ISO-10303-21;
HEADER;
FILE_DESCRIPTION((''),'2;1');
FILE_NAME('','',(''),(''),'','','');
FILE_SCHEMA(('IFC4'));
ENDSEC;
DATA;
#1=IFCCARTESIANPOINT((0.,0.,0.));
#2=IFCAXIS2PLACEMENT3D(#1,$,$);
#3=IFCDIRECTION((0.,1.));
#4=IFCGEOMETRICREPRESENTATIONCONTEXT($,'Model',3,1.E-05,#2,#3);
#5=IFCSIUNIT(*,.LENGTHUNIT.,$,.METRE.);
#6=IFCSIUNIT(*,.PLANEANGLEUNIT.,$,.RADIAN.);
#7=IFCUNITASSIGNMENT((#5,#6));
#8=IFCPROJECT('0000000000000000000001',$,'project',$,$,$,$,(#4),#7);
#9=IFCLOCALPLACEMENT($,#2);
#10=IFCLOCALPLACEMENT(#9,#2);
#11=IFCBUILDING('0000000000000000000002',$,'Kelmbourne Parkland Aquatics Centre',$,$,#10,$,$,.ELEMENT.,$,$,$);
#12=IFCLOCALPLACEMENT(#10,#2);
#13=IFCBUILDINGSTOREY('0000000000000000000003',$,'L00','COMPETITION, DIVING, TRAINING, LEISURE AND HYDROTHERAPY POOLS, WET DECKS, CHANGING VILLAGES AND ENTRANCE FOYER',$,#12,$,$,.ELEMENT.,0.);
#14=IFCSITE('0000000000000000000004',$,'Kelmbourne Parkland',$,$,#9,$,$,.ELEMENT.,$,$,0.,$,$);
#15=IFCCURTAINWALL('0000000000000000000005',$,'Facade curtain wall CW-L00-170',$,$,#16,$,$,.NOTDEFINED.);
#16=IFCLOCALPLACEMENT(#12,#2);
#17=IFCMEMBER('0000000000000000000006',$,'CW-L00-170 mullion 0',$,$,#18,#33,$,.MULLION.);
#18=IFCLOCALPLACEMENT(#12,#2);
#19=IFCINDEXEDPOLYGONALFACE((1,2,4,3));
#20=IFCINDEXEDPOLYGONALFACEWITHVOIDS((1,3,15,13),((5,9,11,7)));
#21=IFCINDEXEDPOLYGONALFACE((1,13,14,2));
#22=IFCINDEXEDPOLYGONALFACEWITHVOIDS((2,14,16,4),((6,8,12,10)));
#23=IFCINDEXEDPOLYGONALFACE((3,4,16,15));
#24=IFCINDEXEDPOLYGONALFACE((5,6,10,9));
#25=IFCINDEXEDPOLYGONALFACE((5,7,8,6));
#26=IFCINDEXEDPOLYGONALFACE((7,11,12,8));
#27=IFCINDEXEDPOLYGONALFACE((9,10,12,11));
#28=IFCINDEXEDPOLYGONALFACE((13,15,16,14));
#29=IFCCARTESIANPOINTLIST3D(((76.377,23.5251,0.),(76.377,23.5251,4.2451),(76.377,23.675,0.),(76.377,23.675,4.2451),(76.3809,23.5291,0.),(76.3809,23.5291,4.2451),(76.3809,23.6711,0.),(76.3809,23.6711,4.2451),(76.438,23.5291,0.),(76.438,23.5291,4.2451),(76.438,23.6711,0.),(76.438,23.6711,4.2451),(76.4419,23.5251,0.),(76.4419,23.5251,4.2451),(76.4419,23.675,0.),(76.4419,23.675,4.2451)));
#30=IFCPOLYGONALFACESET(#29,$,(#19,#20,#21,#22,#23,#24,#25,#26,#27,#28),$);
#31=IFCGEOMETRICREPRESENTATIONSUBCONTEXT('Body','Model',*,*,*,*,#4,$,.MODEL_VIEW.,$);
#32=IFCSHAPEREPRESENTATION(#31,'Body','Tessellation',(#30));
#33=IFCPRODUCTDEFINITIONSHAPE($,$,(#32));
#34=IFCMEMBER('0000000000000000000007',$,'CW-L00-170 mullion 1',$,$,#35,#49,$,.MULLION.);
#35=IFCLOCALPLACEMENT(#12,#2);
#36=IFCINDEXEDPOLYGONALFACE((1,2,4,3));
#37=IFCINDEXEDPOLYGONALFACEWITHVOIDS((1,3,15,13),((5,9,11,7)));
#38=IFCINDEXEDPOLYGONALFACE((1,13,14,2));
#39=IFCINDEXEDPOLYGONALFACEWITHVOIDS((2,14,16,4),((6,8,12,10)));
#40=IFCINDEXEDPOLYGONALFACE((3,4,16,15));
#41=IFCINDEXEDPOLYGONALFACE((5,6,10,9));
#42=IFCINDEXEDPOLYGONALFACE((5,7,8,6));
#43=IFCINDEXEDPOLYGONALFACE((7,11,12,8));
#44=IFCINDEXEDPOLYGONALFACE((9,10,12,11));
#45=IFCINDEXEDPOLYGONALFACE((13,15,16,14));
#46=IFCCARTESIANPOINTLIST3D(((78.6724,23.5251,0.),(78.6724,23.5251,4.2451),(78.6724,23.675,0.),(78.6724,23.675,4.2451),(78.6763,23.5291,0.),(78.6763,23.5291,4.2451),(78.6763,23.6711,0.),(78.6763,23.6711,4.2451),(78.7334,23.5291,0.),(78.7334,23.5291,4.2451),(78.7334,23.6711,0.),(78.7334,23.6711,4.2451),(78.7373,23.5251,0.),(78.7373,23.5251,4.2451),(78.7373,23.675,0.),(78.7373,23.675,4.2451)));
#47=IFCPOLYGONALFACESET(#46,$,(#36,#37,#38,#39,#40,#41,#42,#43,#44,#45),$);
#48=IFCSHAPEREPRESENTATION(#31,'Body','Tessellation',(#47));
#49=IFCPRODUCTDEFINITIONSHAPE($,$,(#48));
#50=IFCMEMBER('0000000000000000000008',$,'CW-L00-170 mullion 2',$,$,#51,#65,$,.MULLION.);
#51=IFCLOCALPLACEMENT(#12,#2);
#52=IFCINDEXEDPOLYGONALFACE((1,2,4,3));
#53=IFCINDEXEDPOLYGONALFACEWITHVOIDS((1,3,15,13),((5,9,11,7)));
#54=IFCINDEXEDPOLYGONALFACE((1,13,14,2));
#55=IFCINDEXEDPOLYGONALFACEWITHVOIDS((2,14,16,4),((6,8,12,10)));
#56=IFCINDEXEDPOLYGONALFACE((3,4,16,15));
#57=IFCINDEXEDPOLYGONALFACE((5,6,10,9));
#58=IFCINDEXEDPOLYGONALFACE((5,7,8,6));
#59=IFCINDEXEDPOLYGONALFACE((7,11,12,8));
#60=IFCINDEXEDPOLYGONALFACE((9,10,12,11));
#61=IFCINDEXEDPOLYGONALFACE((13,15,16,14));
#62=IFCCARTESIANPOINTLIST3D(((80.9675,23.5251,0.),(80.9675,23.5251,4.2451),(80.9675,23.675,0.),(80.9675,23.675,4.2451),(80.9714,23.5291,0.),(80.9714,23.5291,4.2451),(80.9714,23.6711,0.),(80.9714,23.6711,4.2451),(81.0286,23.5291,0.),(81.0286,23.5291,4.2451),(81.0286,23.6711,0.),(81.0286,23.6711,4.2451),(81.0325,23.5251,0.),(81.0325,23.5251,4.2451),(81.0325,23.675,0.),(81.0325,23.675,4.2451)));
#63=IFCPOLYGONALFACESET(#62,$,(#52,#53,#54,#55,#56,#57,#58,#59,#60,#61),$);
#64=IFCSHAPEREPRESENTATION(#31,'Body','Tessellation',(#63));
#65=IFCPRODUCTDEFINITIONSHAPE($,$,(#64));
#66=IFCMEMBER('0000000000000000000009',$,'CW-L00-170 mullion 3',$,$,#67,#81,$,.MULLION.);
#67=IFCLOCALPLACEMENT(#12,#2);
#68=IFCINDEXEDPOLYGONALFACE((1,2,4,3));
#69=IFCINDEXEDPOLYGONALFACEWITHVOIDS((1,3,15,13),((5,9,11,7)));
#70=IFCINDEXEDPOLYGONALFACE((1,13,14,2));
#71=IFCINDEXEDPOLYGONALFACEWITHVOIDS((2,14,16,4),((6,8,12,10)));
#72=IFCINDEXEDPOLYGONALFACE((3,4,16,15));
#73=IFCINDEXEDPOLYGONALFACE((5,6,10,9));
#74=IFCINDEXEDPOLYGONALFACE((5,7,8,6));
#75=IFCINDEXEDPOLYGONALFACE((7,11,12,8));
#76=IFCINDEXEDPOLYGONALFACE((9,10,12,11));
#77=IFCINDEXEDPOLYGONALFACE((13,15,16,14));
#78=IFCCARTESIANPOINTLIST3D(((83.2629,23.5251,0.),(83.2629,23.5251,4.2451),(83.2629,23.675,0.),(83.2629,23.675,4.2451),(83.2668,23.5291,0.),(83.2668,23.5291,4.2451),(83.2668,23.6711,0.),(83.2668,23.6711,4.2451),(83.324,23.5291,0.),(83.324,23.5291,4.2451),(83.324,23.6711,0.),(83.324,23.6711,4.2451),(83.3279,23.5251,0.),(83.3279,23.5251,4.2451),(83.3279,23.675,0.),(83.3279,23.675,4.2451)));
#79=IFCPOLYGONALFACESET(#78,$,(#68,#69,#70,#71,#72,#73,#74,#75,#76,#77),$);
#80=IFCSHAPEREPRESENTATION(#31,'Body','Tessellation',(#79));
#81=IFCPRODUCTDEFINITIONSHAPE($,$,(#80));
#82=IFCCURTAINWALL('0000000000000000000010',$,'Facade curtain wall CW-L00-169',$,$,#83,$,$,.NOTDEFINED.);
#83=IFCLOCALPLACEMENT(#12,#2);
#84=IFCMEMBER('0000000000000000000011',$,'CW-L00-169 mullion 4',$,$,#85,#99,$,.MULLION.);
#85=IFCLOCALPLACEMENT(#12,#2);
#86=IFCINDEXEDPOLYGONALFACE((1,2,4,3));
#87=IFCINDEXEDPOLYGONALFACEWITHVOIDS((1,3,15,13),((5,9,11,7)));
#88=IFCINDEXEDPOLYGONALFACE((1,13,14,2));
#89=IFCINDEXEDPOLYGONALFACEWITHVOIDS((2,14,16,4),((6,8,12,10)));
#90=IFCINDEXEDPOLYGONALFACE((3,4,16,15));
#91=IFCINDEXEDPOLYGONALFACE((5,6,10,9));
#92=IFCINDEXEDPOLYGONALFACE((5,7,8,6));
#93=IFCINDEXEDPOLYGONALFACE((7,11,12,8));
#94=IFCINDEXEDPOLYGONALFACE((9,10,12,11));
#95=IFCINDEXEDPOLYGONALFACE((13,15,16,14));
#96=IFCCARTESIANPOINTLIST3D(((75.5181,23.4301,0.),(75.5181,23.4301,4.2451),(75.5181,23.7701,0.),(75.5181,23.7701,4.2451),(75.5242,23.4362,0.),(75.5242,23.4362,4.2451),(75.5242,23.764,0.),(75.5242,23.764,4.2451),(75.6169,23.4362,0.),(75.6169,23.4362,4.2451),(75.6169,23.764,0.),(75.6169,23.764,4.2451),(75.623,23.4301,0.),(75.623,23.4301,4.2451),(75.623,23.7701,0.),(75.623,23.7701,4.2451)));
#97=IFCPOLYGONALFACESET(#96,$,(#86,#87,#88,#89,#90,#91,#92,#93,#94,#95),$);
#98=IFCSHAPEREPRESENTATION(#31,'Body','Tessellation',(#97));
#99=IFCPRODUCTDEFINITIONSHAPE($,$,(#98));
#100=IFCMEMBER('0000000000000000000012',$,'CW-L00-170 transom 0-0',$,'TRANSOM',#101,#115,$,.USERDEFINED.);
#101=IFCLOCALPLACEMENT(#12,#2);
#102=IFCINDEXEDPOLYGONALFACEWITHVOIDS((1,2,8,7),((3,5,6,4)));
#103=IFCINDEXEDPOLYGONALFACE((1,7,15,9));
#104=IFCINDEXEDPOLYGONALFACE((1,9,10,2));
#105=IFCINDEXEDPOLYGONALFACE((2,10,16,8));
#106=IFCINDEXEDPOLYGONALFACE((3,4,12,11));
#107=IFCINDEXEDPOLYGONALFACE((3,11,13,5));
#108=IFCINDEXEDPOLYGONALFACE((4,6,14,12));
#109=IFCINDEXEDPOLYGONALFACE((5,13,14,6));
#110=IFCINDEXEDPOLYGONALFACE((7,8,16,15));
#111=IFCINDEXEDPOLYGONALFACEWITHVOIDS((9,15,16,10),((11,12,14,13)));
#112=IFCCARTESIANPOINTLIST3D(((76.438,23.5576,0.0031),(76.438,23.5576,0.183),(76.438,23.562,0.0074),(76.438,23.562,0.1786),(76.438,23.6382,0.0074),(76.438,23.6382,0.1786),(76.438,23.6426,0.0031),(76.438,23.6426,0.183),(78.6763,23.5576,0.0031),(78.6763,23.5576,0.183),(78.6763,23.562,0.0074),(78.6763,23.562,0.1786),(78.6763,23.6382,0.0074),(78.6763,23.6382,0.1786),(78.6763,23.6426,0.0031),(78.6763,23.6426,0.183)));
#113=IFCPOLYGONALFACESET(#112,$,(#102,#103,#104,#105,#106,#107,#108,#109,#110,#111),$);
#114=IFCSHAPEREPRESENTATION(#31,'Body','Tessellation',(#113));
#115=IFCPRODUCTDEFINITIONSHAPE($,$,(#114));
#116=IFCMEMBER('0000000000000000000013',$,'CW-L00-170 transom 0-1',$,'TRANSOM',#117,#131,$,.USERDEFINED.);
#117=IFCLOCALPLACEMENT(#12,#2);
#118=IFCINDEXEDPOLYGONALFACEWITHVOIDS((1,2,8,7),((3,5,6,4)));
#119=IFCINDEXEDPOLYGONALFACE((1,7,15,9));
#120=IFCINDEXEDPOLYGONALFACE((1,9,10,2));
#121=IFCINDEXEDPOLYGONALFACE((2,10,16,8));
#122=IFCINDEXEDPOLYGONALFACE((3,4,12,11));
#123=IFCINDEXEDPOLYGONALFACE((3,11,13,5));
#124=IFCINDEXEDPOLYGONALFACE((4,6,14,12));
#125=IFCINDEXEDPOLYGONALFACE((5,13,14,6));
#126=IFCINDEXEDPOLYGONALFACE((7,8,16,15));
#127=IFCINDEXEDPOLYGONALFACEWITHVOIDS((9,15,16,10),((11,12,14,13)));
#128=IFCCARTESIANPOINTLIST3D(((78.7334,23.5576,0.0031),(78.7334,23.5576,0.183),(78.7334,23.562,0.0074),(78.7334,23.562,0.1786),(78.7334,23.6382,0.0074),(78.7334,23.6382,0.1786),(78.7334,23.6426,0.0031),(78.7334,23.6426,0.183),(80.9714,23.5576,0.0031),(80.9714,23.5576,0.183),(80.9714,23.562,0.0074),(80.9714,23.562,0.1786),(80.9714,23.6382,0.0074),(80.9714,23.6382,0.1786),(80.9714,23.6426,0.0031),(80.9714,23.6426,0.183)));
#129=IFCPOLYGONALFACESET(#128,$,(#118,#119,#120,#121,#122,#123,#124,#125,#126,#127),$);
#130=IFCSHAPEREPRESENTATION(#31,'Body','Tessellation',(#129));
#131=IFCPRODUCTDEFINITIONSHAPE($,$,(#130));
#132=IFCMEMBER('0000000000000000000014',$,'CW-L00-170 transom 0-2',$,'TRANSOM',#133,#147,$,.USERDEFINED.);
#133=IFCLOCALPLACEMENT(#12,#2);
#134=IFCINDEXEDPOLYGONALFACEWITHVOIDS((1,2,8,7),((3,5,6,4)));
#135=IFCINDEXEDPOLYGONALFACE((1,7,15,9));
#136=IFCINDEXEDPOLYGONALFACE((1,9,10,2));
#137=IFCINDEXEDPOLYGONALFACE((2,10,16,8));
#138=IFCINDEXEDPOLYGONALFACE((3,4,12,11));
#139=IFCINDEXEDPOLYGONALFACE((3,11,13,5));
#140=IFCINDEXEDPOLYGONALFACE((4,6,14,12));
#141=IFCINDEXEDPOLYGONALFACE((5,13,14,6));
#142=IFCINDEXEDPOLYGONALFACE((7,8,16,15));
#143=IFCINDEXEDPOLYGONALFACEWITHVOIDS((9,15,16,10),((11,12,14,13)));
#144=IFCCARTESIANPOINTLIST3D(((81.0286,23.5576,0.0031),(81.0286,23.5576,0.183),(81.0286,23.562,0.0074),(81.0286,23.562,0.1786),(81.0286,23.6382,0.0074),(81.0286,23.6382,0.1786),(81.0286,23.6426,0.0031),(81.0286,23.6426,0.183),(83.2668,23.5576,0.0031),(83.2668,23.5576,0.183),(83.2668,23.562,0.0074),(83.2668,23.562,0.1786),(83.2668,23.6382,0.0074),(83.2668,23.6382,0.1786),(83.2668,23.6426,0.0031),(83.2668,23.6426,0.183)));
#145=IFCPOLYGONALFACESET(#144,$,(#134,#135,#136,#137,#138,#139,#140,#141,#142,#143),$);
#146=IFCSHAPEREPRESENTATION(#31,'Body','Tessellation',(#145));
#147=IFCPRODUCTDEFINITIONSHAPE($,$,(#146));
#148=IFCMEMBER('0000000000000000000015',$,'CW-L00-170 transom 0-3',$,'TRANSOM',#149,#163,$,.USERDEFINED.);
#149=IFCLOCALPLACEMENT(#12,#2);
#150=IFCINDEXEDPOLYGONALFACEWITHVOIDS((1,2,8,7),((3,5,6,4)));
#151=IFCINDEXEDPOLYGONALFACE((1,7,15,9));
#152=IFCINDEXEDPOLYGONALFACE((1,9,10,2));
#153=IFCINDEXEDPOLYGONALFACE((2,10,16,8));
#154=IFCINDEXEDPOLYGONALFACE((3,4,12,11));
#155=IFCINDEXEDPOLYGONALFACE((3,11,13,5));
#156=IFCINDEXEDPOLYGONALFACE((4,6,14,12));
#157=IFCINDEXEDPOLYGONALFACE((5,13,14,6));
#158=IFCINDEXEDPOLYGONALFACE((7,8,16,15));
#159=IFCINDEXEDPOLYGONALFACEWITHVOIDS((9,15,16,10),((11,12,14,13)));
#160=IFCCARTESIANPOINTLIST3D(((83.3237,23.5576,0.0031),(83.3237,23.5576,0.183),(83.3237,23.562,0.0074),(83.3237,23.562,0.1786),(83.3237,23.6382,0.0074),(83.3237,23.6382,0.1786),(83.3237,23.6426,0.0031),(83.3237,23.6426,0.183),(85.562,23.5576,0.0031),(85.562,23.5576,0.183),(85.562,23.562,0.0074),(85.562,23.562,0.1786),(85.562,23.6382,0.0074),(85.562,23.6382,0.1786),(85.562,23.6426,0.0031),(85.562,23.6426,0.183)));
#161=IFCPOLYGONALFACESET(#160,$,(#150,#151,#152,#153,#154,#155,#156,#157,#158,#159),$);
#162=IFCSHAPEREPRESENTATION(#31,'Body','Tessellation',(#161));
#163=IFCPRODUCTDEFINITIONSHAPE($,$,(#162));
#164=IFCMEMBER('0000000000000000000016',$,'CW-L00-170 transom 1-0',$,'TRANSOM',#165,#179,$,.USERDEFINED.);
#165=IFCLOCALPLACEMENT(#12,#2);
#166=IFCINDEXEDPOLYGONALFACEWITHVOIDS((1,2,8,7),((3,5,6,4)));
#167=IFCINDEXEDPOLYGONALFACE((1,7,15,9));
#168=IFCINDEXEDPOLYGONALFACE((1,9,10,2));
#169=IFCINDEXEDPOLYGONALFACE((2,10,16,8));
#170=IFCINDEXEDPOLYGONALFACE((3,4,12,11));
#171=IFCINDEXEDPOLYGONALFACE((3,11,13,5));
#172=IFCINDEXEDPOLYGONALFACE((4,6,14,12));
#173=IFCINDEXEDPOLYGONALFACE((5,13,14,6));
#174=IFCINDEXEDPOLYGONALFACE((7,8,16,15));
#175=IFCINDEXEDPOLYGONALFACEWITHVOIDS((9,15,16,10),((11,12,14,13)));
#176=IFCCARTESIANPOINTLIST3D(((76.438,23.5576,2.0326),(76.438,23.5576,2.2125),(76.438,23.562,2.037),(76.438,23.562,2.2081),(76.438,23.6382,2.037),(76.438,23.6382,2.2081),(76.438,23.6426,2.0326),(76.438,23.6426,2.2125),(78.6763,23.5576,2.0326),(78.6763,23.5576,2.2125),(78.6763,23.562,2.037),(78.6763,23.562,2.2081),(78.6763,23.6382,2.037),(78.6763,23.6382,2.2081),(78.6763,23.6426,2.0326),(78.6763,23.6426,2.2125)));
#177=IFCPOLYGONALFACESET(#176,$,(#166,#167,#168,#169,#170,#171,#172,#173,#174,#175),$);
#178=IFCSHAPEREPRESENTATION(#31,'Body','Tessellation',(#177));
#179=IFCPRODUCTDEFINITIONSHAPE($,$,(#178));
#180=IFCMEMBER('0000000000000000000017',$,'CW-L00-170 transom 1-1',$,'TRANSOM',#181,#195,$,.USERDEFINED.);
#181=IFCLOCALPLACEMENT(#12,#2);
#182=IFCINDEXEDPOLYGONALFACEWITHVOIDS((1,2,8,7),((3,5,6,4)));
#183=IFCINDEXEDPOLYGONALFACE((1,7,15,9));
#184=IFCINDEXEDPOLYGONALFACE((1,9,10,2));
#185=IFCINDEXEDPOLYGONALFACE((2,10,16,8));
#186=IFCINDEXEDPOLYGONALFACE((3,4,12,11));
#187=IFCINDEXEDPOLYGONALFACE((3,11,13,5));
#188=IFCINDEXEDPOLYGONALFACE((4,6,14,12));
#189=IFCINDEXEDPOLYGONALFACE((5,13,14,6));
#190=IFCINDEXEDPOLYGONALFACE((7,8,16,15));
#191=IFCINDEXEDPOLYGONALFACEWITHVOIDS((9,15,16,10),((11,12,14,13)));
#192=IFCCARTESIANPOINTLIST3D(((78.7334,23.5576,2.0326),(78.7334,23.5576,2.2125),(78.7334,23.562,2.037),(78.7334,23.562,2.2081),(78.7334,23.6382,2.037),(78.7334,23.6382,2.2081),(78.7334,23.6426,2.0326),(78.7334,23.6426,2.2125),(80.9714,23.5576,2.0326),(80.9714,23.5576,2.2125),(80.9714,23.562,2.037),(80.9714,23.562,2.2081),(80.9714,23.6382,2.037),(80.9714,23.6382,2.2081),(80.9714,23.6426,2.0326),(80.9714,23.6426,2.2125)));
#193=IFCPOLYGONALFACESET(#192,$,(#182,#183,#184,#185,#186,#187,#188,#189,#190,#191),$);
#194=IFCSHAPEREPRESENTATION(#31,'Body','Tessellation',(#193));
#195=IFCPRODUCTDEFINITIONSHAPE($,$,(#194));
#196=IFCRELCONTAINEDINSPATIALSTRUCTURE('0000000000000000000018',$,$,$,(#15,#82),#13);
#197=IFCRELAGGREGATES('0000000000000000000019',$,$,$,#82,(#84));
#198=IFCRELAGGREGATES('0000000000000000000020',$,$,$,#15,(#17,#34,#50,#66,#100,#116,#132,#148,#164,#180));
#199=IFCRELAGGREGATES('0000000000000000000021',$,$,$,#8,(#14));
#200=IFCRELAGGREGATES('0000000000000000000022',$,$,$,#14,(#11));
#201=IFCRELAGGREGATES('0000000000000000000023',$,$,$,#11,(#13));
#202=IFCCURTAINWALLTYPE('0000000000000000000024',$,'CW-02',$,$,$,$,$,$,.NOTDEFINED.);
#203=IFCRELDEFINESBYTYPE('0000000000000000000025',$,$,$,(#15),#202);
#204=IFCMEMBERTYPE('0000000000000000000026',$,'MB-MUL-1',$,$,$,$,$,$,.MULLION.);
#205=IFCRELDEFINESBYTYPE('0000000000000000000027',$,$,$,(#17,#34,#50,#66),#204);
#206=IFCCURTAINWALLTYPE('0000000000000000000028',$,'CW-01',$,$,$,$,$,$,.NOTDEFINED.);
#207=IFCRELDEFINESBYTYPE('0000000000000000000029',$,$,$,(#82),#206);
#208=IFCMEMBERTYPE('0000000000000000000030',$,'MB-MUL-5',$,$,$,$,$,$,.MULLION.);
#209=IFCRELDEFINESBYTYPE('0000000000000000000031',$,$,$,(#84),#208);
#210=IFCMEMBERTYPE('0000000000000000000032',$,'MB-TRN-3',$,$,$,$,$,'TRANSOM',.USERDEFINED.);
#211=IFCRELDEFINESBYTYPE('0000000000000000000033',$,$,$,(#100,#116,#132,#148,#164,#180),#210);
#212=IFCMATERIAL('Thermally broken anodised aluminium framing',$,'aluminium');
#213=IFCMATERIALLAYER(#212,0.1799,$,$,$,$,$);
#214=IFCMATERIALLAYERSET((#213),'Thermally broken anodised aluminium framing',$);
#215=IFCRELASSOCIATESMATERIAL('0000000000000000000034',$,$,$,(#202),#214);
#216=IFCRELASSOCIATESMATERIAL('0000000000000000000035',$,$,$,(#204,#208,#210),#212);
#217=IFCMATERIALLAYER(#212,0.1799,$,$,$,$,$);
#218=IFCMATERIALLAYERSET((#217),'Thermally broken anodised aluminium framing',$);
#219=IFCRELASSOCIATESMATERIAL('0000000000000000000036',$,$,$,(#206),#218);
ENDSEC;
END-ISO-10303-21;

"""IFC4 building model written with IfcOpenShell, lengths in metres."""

from ifc_helpers import new_model, si_unit, direction, frame, origin, origin_2d, place, context, subcontext, project, spatial, hollow_rectangle, extrude, material, layer, layer_set, material_profile, profile_set, type_object, element, aggregate, save


model = new_model("IFC4")

# Units and contexts
model_context = context("Model", 3, precision=1e-05, world=origin(), true_north=direction((0.0, 1.0)))
body_context = subcontext(model_context, "Body", "Model", "MODEL_VIEW")
ifc_project = project(units=[si_unit("LENGTHUNIT", "METRE"), si_unit("PLANEANGLEUNIT", "RADIAN")], contexts=[model_context])

# Site, building, storey
site_placement = place(None, origin())
site = spatial("IfcSite", under=ifc_project, at=site_placement, Name="Kelmbourne Parkland", CompositionType="ELEMENT", RefElevation=0.0)
building_placement = place(site_placement, origin())
building = spatial("IfcBuilding", under=site, at=building_placement, Name="Kelmbourne Parkland Aquatics Centre", CompositionType="ELEMENT")
storey_placement = place(building_placement, origin())
storey = spatial("IfcBuildingStorey", under=building, at=storey_placement, Name="L00", Description="COMPETITION, DIVING, TRAINING, LEISURE AND HYDROTHERAPY POOLS, WET DECKS, CHANGING VILLAGES AND ENTRANCE FOYER", CompositionType="ELEMENT", Elevation=0.0)

# Curtain wall, members
ifc_material_1 = material(Name="Thermally broken anodised aluminium framing", Category="aluminium")
ifc_layer_1 = layer(ifc_material_1, 0.1799)
ifc_layer_set_1 = layer_set([ifc_layer_1], Name="Thermally broken anodised aluminium framing")
curtain_wall_type_1 = type_object("IfcCurtainWallType", Name="CW-02", PredefinedType="NOTDEFINED", material=ifc_layer_set_1)
curtain_wall_1_placement = place(storey_placement, origin())
curtain_wall_1 = element("IfcCurtainWall", 1, at=curtain_wall_1_placement, inside=storey, type_object=curtain_wall_type_1, Name="Facade curtain wall CW-L00-170", PredefinedType="NOTDEFINED")
ifc_material_profile_1 = material_profile(ifc_material_1, hollow_rectangle(XDim=0.0649, YDim=0.1499, WallThickness=0.0039, at=origin_2d()), Name="CW-M 65x150")
ifc_profile_set_1 = profile_set([ifc_material_profile_1], Name="Thermally broken anodised aluminium framing")
member_type_1 = type_object("IfcMemberType", Name="MB-MUL-1", PredefinedType="MULLION", material=ifc_profile_set_1)
member_1_placement = place(storey_placement, frame((76.4094, 23.6001, 0.0), z_axis=(0.0, 0.0, 1.0), x_axis=(1.0, 0.0, 0.0)))
member_1 = element("IfcMember", 2, at=member_1_placement, type_object=member_type_1, Name="CW-L00-170 mullion 0", PredefinedType="MULLION", context=body_context, shape_type="SweptSolid", body=[
    extrude(hollow_rectangle(XDim=0.0649, YDim=0.1499, WallThickness=0.0039, at=origin_2d()), origin(), (0.0, 0.0, 1.0), 4.2451),
])
member_2_placement = place(storey_placement, frame((78.7048, 23.6001, 0.0), z_axis=(0.0, 0.0, 1.0), x_axis=(1.0, 0.0, 0.0)))
member_2 = element("IfcMember", 3, at=member_2_placement, type_object=member_type_1, Name="CW-L00-170 mullion 1", PredefinedType="MULLION", context=body_context, shape_type="SweptSolid", body=[
    extrude(hollow_rectangle(XDim=0.0649, YDim=0.1499, WallThickness=0.0039, at=origin_2d()), origin(), (0.0, 0.0, 1.0), 4.2451),
])
member_3_placement = place(storey_placement, frame((81.0, 23.6001, 0.0), z_axis=(0.0, 0.0, 1.0), x_axis=(1.0, 0.0, 0.0)))
member_3 = element("IfcMember", 4, at=member_3_placement, type_object=member_type_1, Name="CW-L00-170 mullion 2", PredefinedType="MULLION", context=body_context, shape_type="SweptSolid", body=[
    extrude(hollow_rectangle(XDim=0.0649, YDim=0.1499, WallThickness=0.0039, at=origin_2d()), origin(), (0.0, 0.0, 1.0), 4.2451),
])
member_4_placement = place(storey_placement, frame((83.2954, 23.6001, 0.0), z_axis=(0.0, 0.0, 1.0), x_axis=(1.0, 0.0, 0.0)))
member_4 = element("IfcMember", 5, at=member_4_placement, type_object=member_type_1, Name="CW-L00-170 mullion 3", PredefinedType="MULLION", context=body_context, shape_type="SweptSolid", body=[
    extrude(hollow_rectangle(XDim=0.0649, YDim=0.1499, WallThickness=0.0039, at=origin_2d()), origin(), (0.0, 0.0, 1.0), 4.2451),
])

# Curtain wall, member
ifc_layer_2 = layer(ifc_material_1, 0.1799)
ifc_layer_set_2 = layer_set([ifc_layer_2], Name="Thermally broken anodised aluminium framing")
curtain_wall_type_2 = type_object("IfcCurtainWallType", Name="CW-01", PredefinedType="NOTDEFINED", material=ifc_layer_set_2)
curtain_wall_2_placement = place(storey_placement, origin())
curtain_wall_2 = element("IfcCurtainWall", 6, at=curtain_wall_2_placement, inside=storey, type_object=curtain_wall_type_2, Name="Facade curtain wall CW-L00-169", PredefinedType="NOTDEFINED")
ifc_material_profile_2 = material_profile(ifc_material_1, hollow_rectangle(XDim=0.105, YDim=0.3401, WallThickness=0.0061, at=origin_2d()), Name="CW-M 105x340")
ifc_profile_set_2 = profile_set([ifc_material_profile_2], Name="Thermally broken anodised aluminium framing")
member_type_2 = type_object("IfcMemberType", Name="MB-MUL-5", PredefinedType="MULLION", material=ifc_profile_set_2)
member_5_placement = place(storey_placement, frame((75.5706, 23.6001, 0.0), z_axis=(0.0, 0.0, 1.0), x_axis=(1.0, 0.0, 0.0)))
member_5 = element("IfcMember", 7, at=member_5_placement, type_object=member_type_2, Name="CW-L00-169 mullion 4", PredefinedType="MULLION", context=body_context, shape_type="SweptSolid", body=[
    extrude(hollow_rectangle(XDim=0.105, YDim=0.3401, WallThickness=0.0061, at=origin_2d()), origin(), (0.0, 0.0, 1.0), 4.2451),
])

# Members
ifc_material_profile_3 = material_profile(ifc_material_1, hollow_rectangle(XDim=0.085, YDim=0.1799, WallThickness=0.0044, at=origin_2d()), Name="CW-T 85x180")
ifc_profile_set_3 = profile_set([ifc_material_profile_3], Name="Thermally broken anodised aluminium framing")
member_type_3 = type_object("IfcMemberType", Name="MB-TRN-3", ElementType="TRANSOM", PredefinedType="USERDEFINED", material=ifc_profile_set_3)
member_6_placement = place(storey_placement, frame((76.438, 23.6001, 0.093), z_axis=(1.0, 0.0, 0.0), x_axis=(0.0, 1.0, 0.0)))
member_6 = element("IfcMember", 8, at=member_6_placement, type_object=member_type_3, Name="CW-L00-170 transom 0-0", ObjectType="TRANSOM", PredefinedType="USERDEFINED", context=body_context, shape_type="SweptSolid", body=[
    extrude(hollow_rectangle(XDim=0.085, YDim=0.1799, WallThickness=0.0044, at=origin_2d()), origin(), (0.0, 0.0, 1.0), 2.2383),
])
member_7_placement = place(storey_placement, frame((78.7334, 23.6001, 0.093), z_axis=(1.0, 0.0, 0.0), x_axis=(0.0, 1.0, 0.0)))
member_7 = element("IfcMember", 9, at=member_7_placement, type_object=member_type_3, Name="CW-L00-170 transom 0-1", ObjectType="TRANSOM", PredefinedType="USERDEFINED", context=body_context, shape_type="SweptSolid", body=[
    extrude(hollow_rectangle(XDim=0.085, YDim=0.1799, WallThickness=0.0044, at=origin_2d()), origin(), (0.0, 0.0, 1.0), 2.238),
])
member_8_placement = place(storey_placement, frame((81.0286, 23.6001, 0.093), z_axis=(1.0, 0.0, 0.0), x_axis=(0.0, 1.0, 0.0)))
member_8 = element("IfcMember", 10, at=member_8_placement, type_object=member_type_3, Name="CW-L00-170 transom 0-2", ObjectType="TRANSOM", PredefinedType="USERDEFINED", context=body_context, shape_type="SweptSolid", body=[
    extrude(hollow_rectangle(XDim=0.085, YDim=0.1799, WallThickness=0.0044, at=origin_2d()), origin(), (0.0, 0.0, 1.0), 2.2383),
])
member_9_placement = place(storey_placement, frame((83.3237, 23.6001, 0.093), z_axis=(1.0, 0.0, 0.0), x_axis=(0.0, 1.0, 0.0)))
member_9 = element("IfcMember", 11, at=member_9_placement, type_object=member_type_3, Name="CW-L00-170 transom 0-3", ObjectType="TRANSOM", PredefinedType="USERDEFINED", context=body_context, shape_type="SweptSolid", body=[
    extrude(hollow_rectangle(XDim=0.085, YDim=0.1799, WallThickness=0.0044, at=origin_2d()), origin(), (0.0, 0.0, 1.0), 2.2383),
])
member_10_placement = place(storey_placement, frame((76.438, 23.6001, 2.1226), z_axis=(1.0, 0.0, 0.0), x_axis=(0.0, 1.0, 0.0)))
member_10 = element("IfcMember", 12, at=member_10_placement, type_object=member_type_3, Name="CW-L00-170 transom 1-0", ObjectType="TRANSOM", PredefinedType="USERDEFINED", context=body_context, shape_type="SweptSolid", body=[
    extrude(hollow_rectangle(XDim=0.085, YDim=0.1799, WallThickness=0.0044, at=origin_2d()), origin(), (0.0, 0.0, 1.0), 2.2383),
])
member_11_placement = place(storey_placement, frame((78.7334, 23.6001, 2.1226), z_axis=(1.0, 0.0, 0.0), x_axis=(0.0, 1.0, 0.0)))
member_11 = element("IfcMember", 13, at=member_11_placement, type_object=member_type_3, Name="CW-L00-170 transom 1-1", ObjectType="TRANSOM", PredefinedType="USERDEFINED", context=body_context, shape_type="SweptSolid", body=[
    extrude(hollow_rectangle(XDim=0.085, YDim=0.1799, WallThickness=0.0044, at=origin_2d()), origin(), (0.0, 0.0, 1.0), 2.238),
])

aggregate(curtain_wall_2, [member_5])
aggregate(curtain_wall_1, [member_1, member_2, member_3, member_4, member_6, member_7, member_8, member_9, member_10, member_11])

save(model, "model.ifc")
